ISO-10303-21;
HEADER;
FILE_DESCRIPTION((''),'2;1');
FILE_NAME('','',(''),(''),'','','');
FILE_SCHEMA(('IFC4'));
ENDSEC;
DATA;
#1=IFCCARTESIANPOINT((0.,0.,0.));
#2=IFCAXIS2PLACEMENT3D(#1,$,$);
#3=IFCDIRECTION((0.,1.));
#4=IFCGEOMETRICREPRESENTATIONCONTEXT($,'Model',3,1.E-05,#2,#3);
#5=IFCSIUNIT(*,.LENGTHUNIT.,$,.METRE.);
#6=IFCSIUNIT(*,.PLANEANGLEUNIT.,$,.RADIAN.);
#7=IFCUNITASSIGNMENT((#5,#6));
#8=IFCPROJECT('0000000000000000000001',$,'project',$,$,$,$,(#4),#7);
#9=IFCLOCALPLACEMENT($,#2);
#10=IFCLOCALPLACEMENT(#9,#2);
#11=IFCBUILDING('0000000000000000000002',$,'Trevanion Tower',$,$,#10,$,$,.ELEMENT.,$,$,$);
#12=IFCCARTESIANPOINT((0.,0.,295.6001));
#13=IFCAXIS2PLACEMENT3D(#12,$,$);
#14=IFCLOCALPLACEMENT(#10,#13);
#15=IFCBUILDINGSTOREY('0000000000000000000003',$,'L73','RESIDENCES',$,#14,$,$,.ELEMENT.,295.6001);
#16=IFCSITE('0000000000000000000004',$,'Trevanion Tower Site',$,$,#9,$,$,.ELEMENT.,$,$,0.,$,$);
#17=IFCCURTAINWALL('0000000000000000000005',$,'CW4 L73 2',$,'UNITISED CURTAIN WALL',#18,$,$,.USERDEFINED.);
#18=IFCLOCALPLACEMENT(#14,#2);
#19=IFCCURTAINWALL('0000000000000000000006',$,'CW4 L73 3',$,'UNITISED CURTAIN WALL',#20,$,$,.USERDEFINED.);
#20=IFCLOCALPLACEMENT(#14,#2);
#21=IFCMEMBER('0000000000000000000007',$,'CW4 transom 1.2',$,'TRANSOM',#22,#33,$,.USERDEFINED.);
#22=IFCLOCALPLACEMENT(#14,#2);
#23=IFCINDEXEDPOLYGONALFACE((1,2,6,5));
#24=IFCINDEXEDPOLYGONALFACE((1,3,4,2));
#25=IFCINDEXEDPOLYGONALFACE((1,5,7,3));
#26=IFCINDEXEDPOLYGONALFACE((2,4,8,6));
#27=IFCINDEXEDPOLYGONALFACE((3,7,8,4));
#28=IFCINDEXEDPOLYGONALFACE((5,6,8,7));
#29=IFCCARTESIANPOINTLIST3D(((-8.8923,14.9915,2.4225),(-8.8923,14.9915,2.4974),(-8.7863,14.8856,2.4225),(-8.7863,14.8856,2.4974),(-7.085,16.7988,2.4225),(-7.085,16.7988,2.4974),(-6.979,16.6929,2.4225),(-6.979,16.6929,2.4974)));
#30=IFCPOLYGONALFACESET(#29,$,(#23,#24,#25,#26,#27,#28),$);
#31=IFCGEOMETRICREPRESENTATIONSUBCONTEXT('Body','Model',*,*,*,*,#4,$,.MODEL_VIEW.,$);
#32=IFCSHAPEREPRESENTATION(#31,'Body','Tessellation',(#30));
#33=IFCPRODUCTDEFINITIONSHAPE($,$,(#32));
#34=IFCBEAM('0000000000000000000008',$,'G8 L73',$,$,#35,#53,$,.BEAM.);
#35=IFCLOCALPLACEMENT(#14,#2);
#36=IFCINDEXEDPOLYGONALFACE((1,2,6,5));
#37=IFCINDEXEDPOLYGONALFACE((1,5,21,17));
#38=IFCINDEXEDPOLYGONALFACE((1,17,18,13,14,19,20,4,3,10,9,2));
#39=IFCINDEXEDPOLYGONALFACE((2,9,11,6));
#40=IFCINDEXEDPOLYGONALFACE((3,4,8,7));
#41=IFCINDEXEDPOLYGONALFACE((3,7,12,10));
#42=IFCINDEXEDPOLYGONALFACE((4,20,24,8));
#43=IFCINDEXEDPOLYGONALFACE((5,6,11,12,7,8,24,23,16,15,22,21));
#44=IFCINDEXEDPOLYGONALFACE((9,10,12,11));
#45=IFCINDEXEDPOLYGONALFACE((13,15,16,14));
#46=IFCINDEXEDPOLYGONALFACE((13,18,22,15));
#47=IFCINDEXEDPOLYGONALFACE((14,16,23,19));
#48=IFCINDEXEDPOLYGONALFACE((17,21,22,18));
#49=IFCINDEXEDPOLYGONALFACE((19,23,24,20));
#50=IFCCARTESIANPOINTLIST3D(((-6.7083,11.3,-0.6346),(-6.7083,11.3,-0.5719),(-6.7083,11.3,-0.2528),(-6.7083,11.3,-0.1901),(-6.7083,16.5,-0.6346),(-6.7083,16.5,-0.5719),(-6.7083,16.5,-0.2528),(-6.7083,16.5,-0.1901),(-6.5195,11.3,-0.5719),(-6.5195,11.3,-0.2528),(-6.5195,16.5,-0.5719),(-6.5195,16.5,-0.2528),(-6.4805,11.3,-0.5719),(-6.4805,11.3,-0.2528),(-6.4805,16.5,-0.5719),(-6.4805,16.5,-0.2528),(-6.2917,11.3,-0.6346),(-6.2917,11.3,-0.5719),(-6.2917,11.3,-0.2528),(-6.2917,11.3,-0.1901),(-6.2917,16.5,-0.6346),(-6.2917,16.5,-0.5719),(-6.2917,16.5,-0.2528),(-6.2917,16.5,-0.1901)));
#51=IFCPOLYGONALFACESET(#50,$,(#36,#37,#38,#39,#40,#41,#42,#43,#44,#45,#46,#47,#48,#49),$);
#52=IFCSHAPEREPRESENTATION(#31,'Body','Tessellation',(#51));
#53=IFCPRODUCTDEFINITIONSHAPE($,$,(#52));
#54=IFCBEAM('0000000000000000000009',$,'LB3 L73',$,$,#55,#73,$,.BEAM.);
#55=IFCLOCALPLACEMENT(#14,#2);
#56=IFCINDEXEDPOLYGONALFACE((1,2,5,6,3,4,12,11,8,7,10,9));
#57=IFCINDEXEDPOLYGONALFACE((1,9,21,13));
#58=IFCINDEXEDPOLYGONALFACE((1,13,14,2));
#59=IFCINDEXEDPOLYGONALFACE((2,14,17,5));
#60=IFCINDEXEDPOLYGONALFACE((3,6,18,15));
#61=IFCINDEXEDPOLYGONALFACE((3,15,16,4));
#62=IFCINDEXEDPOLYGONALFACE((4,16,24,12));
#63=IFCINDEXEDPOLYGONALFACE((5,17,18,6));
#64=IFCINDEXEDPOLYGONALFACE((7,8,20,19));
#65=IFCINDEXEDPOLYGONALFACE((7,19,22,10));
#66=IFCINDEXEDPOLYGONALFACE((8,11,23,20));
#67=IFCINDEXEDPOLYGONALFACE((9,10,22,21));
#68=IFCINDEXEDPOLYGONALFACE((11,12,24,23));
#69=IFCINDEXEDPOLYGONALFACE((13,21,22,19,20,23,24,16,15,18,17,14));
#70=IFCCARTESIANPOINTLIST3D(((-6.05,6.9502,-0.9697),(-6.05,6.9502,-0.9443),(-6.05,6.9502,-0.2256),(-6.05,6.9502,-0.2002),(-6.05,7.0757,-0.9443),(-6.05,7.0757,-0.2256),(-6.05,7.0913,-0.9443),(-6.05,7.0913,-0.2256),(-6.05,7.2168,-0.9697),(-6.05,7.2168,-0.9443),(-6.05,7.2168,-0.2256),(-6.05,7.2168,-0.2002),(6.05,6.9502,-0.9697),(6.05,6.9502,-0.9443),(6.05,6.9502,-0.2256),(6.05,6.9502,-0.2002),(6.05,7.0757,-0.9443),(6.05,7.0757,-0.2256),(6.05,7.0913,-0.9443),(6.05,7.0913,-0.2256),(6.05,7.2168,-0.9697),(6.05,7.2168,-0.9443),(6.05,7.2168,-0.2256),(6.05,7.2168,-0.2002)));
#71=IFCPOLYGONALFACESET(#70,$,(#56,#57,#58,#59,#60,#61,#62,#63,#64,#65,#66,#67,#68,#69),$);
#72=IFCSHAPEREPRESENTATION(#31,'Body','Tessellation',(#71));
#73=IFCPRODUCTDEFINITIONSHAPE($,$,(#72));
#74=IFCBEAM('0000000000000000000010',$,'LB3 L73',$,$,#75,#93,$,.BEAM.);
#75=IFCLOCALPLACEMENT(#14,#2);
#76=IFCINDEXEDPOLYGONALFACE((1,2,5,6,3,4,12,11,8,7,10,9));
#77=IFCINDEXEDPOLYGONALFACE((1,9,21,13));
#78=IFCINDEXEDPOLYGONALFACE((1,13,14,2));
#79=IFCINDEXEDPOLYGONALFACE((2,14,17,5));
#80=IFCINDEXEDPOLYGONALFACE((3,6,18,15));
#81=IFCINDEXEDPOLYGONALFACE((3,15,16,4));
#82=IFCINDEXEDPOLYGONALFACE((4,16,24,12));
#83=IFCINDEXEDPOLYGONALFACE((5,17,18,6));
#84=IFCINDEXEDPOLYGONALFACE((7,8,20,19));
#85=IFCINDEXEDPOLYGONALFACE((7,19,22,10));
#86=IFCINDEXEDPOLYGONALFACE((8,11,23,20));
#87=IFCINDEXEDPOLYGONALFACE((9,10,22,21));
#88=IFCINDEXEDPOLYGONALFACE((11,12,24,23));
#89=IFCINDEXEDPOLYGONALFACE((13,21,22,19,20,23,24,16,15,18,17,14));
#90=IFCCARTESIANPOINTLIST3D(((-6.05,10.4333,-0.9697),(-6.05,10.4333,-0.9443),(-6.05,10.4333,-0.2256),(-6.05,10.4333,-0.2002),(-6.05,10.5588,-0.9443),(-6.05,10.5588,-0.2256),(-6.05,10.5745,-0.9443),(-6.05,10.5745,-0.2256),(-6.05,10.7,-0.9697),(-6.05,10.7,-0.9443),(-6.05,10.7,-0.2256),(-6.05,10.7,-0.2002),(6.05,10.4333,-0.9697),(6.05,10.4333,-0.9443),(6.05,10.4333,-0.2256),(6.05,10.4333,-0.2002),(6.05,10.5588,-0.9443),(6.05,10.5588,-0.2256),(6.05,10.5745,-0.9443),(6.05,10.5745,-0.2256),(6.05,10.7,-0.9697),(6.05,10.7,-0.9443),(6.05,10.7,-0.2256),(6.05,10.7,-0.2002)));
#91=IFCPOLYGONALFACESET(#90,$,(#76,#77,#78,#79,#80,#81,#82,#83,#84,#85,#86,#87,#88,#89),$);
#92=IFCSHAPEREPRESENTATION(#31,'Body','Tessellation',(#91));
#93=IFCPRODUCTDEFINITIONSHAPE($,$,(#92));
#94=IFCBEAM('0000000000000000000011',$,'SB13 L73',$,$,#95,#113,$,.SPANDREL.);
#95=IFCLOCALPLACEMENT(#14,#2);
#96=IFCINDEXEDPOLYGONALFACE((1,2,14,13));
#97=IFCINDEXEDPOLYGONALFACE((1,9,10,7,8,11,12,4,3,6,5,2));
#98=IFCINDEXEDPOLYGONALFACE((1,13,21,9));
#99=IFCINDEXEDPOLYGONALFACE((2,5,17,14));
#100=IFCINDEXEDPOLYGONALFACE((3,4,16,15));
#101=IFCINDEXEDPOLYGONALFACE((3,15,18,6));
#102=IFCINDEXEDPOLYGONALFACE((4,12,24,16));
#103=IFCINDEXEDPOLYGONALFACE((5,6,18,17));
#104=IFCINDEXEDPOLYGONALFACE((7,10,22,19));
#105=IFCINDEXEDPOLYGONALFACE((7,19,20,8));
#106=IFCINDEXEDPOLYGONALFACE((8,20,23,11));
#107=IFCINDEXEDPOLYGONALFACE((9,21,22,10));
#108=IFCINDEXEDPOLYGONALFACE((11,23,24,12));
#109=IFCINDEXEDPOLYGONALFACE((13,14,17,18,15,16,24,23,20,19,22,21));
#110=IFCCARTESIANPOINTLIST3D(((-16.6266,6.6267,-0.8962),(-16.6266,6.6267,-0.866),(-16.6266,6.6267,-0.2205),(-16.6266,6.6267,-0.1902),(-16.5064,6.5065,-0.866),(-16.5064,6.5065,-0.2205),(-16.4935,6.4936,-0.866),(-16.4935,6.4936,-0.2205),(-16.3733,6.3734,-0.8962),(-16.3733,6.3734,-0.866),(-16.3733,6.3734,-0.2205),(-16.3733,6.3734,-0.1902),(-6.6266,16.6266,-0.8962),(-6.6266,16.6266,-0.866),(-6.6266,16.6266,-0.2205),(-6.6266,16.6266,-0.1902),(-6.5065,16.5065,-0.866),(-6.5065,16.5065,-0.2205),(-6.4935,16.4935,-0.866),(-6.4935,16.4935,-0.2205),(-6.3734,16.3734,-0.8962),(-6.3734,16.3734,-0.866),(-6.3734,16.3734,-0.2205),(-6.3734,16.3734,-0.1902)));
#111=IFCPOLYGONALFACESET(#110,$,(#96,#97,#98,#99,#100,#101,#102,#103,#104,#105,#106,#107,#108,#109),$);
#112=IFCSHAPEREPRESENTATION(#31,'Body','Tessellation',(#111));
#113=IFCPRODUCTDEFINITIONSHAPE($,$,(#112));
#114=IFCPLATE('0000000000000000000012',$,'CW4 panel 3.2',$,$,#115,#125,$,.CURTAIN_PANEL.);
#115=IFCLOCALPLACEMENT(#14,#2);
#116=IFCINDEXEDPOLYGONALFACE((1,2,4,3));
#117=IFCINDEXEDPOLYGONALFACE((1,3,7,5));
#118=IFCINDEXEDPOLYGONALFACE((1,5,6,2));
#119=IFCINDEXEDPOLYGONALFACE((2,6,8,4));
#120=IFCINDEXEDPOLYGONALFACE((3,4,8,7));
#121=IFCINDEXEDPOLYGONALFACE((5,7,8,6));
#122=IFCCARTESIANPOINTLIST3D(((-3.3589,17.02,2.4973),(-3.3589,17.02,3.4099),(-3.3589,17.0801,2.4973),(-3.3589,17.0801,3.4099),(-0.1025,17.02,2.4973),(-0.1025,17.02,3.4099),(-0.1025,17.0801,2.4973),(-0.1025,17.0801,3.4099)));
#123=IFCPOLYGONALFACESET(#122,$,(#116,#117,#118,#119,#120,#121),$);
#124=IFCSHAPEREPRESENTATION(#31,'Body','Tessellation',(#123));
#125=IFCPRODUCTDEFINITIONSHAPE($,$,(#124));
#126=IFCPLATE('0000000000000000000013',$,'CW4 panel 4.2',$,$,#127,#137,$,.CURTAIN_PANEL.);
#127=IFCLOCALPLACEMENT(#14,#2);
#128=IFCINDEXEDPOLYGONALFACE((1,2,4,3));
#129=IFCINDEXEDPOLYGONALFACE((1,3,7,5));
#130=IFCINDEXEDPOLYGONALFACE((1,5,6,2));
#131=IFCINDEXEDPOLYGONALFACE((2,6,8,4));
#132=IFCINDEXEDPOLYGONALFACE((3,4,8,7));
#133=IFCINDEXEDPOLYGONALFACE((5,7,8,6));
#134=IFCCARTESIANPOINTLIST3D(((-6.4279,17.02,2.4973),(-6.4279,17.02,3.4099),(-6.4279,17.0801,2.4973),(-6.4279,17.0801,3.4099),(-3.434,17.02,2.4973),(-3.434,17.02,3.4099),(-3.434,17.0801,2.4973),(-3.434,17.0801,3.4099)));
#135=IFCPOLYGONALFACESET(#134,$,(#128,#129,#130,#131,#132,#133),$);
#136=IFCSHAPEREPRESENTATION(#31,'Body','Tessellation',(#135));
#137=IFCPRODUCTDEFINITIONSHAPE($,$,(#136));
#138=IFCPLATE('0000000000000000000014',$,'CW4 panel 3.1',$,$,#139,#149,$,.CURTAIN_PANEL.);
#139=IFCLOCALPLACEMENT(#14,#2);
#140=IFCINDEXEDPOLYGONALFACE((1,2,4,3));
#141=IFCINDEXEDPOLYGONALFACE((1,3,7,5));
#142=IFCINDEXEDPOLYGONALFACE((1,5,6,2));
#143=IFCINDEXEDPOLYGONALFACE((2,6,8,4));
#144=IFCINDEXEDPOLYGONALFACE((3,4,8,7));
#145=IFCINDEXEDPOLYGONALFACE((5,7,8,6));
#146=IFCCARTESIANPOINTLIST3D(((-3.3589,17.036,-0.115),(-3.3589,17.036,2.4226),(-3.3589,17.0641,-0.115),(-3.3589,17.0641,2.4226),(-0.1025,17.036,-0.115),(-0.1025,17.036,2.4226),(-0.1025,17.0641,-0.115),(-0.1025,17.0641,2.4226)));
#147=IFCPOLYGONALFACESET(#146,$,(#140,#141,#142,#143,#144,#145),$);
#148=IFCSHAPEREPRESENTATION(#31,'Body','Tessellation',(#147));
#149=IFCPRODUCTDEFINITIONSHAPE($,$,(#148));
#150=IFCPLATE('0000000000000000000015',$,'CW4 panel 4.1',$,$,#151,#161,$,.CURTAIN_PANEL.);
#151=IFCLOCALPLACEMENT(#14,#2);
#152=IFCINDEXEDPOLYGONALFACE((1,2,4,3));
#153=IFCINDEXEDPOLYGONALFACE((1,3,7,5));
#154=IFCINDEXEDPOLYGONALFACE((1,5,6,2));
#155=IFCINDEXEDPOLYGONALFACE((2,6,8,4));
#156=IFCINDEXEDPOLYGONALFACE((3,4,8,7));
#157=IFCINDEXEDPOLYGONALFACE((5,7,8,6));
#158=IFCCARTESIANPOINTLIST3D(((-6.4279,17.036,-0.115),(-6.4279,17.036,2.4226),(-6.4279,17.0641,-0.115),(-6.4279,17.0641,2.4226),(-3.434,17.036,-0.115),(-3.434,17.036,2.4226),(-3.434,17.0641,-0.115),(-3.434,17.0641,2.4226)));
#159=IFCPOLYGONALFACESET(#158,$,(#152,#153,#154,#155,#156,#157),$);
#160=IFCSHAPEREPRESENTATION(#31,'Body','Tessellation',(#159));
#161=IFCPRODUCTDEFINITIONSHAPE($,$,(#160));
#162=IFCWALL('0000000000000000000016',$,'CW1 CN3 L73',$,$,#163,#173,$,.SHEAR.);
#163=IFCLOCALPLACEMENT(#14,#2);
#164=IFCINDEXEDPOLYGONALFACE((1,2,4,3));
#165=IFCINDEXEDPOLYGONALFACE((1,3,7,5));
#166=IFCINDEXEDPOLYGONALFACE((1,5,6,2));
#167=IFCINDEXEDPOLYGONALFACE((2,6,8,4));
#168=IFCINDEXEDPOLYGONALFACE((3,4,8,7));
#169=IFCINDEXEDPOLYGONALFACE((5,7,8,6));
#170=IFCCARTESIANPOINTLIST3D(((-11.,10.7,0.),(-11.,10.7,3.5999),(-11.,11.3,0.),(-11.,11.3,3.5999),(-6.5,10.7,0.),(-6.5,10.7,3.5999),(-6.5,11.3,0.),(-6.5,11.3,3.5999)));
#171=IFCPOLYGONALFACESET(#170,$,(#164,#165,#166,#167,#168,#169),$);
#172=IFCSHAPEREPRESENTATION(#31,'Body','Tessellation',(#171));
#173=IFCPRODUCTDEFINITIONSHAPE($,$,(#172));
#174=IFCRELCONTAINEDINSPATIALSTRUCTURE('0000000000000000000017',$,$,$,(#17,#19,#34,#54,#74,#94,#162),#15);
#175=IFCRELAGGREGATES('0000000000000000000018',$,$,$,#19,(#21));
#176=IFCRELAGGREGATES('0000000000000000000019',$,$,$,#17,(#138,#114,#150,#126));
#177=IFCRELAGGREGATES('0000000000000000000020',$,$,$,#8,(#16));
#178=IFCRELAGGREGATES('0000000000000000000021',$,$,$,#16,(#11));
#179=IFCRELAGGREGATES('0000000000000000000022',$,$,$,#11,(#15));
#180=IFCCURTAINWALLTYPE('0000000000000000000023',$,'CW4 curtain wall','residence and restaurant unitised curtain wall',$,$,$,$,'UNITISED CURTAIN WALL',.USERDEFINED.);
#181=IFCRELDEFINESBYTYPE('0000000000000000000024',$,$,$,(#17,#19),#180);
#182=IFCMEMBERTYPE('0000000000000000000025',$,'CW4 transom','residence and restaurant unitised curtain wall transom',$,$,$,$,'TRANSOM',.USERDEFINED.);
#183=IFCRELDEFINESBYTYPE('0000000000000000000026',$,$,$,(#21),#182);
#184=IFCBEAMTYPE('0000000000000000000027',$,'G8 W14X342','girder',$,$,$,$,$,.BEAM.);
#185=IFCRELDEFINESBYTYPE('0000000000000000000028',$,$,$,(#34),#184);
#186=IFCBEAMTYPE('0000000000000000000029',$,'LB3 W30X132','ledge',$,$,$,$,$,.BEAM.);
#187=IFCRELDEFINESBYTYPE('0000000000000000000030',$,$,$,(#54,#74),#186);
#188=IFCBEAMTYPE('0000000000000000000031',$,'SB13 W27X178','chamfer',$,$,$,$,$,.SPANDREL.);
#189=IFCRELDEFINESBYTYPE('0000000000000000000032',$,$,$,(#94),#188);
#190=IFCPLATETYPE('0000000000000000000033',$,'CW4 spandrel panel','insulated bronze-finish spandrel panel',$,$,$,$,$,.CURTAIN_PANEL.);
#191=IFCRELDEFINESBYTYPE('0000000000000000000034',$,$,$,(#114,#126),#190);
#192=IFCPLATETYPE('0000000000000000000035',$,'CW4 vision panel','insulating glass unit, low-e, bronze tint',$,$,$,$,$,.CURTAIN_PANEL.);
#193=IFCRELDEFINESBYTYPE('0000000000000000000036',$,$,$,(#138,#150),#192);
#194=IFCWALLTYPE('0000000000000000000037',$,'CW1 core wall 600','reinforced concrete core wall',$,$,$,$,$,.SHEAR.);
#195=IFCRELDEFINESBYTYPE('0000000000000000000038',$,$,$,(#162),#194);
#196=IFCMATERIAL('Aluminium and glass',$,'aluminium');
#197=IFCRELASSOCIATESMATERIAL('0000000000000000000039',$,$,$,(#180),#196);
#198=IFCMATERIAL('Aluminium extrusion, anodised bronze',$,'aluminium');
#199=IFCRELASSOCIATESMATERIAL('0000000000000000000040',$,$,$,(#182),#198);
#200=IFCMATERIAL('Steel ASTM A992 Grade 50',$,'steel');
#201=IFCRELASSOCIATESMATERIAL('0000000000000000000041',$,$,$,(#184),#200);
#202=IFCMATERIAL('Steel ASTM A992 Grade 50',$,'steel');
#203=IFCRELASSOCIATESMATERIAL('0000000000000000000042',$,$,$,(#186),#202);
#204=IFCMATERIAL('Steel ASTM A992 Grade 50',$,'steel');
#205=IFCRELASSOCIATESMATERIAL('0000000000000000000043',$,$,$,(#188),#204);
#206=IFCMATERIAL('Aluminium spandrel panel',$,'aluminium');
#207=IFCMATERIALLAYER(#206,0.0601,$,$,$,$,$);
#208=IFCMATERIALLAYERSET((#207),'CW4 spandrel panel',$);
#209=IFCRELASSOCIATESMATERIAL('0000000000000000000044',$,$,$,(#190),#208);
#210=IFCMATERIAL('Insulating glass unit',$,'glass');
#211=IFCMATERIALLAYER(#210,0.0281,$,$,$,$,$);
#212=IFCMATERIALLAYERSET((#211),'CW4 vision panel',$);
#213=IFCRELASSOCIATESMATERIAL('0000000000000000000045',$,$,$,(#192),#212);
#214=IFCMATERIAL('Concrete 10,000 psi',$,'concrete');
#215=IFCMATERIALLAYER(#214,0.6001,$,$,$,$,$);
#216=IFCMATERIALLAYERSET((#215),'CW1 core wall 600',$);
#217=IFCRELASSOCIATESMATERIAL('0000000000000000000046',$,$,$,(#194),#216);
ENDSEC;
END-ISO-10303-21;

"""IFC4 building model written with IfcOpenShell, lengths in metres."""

from ifc_helpers import new_model, si_unit, direction, frame, frame_2d, origin, origin_2d, place, context, subcontext, project, spatial, rectangle, i_section, extrude, material, layer, layer_set, material_profile, profile_set, type_object, element, aggregate, save


model = new_model("IFC4")

# Units and contexts
model_context = context("Model", 3, precision=1e-05, world=origin(), true_north=direction((0.0, 1.0)))
body_context = subcontext(model_context, "Body", "Model", "MODEL_VIEW")
ifc_project = project(units=[si_unit("LENGTHUNIT", "METRE"), si_unit("PLANEANGLEUNIT", "RADIAN")], contexts=[model_context])

# Site, building, storey
site_placement = place(None, origin())
site = spatial("IfcSite", under=ifc_project, at=site_placement, Name="Trevanion Tower Site", CompositionType="ELEMENT", RefElevation=0.0)
building_placement = place(site_placement, origin())
building = spatial("IfcBuilding", under=site, at=building_placement, Name="Trevanion Tower", CompositionType="ELEMENT")
storey_placement = place(building_placement, frame((0.0, 0.0, 295.6001)))
storey = spatial("IfcBuildingStorey", under=building, at=storey_placement, Name="L73", Description="RESIDENCES", CompositionType="ELEMENT", Elevation=295.6001)

# Curtain wall
ifc_material_1 = material(Name="Aluminium and glass", Category="aluminium")
curtain_wall_type = type_object("IfcCurtainWallType", Name="CW4 curtain wall", Description="residence and restaurant unitised curtain wall", ElementType="UNITISED CURTAIN WALL", PredefinedType="USERDEFINED", material=ifc_material_1)
curtain_wall_1_placement = place(storey_placement, origin())
curtain_wall_1 = element("IfcCurtainWall", 1, at=curtain_wall_1_placement, inside=storey, type_object=curtain_wall_type, Name="CW4 L73 2", ObjectType="UNITISED CURTAIN WALL", PredefinedType="USERDEFINED")

# Curtain wall
curtain_wall_2_placement = place(storey_placement, origin())
curtain_wall_2 = element("IfcCurtainWall", 2, at=curtain_wall_2_placement, inside=storey, type_object=curtain_wall_type, Name="CW4 L73 3", ObjectType="UNITISED CURTAIN WALL", PredefinedType="USERDEFINED")

# Member
ifc_material_2 = material(Name="Aluminium extrusion, anodised bronze", Category="aluminium")
ifc_material_profile_1 = material_profile(ifc_material_2, rectangle(XDim=0.1499, YDim=0.075, at=origin_2d()), Name="CW4 transom")
ifc_profile_set_1 = profile_set([ifc_material_profile_1], Name="Aluminium extrusion, anodised bronze")
member_type_1 = type_object("IfcMemberType", Name="CW4 transom", Description="residence and restaurant unitised curtain wall transom", ElementType="TRANSOM", PredefinedType="USERDEFINED", material=ifc_profile_set_1)
member_1_placement = place(storey_placement, frame((-7.032, 16.7458, 2.46), z_axis=(-0.707107, -0.707107, 0.0), x_axis=(0.707107, -0.707107, 0.0)))
member_1 = element("IfcMember", 3, at=member_1_placement, type_object=member_type_1, Name="CW4 transom 1.2", ObjectType="TRANSOM", PredefinedType="USERDEFINED", context=body_context, shape_type="SweptSolid", body=[
    extrude(rectangle(XDim=0.1499, YDim=0.075, at=origin_2d()), origin(), (0.0, 0.0, 1.0), 2.5559),
])
aggregate(curtain_wall_2, [member_1])

# Beams
ifc_material_3 = material(Name="Steel ASTM A992 Grade 50", Category="steel")
ifc_material_profile_2 = material_profile(ifc_material_3, i_section(OverallWidth=0.4165, OverallDepth=0.4446, WebThickness=0.0391, FlangeThickness=0.0627, at=origin_2d()), Name="W14X342")
ifc_profile_set_2 = profile_set([ifc_material_profile_2], Name="Steel ASTM A992 Grade 50")
beam_type_1 = type_object("IfcBeamType", Name="G8 W14X342", Description="girder", PredefinedType="BEAM", material=ifc_profile_set_2)
beam_1_placement = place(storey_placement, frame((-6.5, 11.3, -0.4124), z_axis=(0.0, 1.0, 0.0), x_axis=(-1.0, 0.0, 0.0)))
element("IfcBeam", 4, at=beam_1_placement, inside=storey, type_object=beam_type_1, Name="G8 L73", PredefinedType="BEAM", context=body_context, shape_type="SweptSolid", body=[
    extrude(i_section(OverallWidth=0.4165, OverallDepth=0.4446, WebThickness=0.0391, FlangeThickness=0.0627, at=origin_2d()), origin(), (0.0, 0.0, 1.0), 5.2),
])
ifc_material_4 = material(Name="Steel ASTM A992 Grade 50", Category="steel")
ifc_material_profile_3 = material_profile(ifc_material_4, i_section(OverallWidth=0.2666, OverallDepth=0.7695, WebThickness=0.0156, FlangeThickness=0.0254, at=origin_2d()), Name="W30X132")
ifc_profile_set_3 = profile_set([ifc_material_profile_3], Name="Steel ASTM A992 Grade 50")
beam_type_2 = type_object("IfcBeamType", Name="LB3 W30X132", Description="ledge", PredefinedType="BEAM", material=ifc_profile_set_3)
for number, where, z_axis, x_axis, name in (
    (5, (-6.05, 7.0835, -0.585), (1.0, 0.0, 0.0), (0.0, 1.0, 0.0), "LB3 L73"),
    (6, (-6.05, 10.5667, -0.585), (1.0, 0.0, 0.0), (0.0, 1.0, 0.0), "LB3 L73"),
):
    element("IfcBeam", number, at=place(storey_placement, frame(where, z_axis=z_axis, x_axis=x_axis)), inside=storey, type_object=beam_type_2, Name=name, PredefinedType="BEAM", context=body_context, shape_type="SweptSolid", body=[
        extrude(i_section(OverallWidth=0.2666, OverallDepth=0.7695, WebThickness=0.0156, FlangeThickness=0.0254, at=origin_2d()), origin(), (0.0, 0.0, 1.0), 12.1001),
    ])
ifc_material_5 = material(Name="Steel ASTM A992 Grade 50", Category="steel")
ifc_material_profile_4 = material_profile(ifc_material_5, i_section(OverallWidth=0.3582, OverallDepth=0.7061, WebThickness=0.0183, FlangeThickness=0.0303, at=origin_2d()), Name="W27X178")
ifc_profile_set_4 = profile_set([ifc_material_profile_4], Name="Steel ASTM A992 Grade 50")
beam_type_3 = type_object("IfcBeamType", Name="SB13 W27X178", Description="chamfer", PredefinedType="SPANDREL", material=ifc_profile_set_4)
beam_2_placement = place(storey_placement, frame((-6.5, 16.5, -0.5432), z_axis=(-0.707107, -0.707107, 0.0), x_axis=(0.707107, -0.707107, 0.0)))
element("IfcBeam", 7, at=beam_2_placement, inside=storey, type_object=beam_type_3, Name="SB13 L73", PredefinedType="SPANDREL", context=body_context, shape_type="SweptSolid", body=[
    extrude(i_section(OverallWidth=0.3582, OverallDepth=0.7061, WebThickness=0.0183, FlangeThickness=0.0303, at=origin_2d()), origin(), (0.0, 0.0, 1.0), 14.1421),
])

# Plates
ifc_material_6 = material(Name="Aluminium spandrel panel", Category="aluminium")
ifc_layer_1 = layer(ifc_material_6, 0.0601)
ifc_layer_set_1 = layer_set([ifc_layer_1], Name="CW4 spandrel panel")
plate_type_1 = type_object("IfcPlateType", Name="CW4 spandrel panel", Description="insulated bronze-finish spandrel panel", PredefinedType="CURTAIN_PANEL", material=ifc_layer_set_1)
plate_1_placement = place(storey_placement, frame((-1.7307, 17.05, 2.4973), z_axis=(0.0, 0.0, 1.0), x_axis=(-1.0, 0.0, 0.0)))
plate_1 = element("IfcPlate", 8, at=plate_1_placement, type_object=plate_type_1, Name="CW4 panel 3.2", PredefinedType="CURTAIN_PANEL", context=body_context, shape_type="SweptSolid", body=[
    extrude(rectangle(XDim=3.2563, YDim=0.0601, at=origin_2d()), origin(), (0.0, 0.0, 1.0), 0.9126),
])
plate_2_placement = place(storey_placement, frame((-4.9309, 17.05, 2.4973), z_axis=(0.0, 0.0, 1.0), x_axis=(-1.0, 0.0, 0.0)))
plate_2 = element("IfcPlate", 9, at=plate_2_placement, type_object=plate_type_1, Name="CW4 panel 4.2", PredefinedType="CURTAIN_PANEL", context=body_context, shape_type="SweptSolid", body=[
    extrude(rectangle(XDim=2.9939, YDim=0.0601, at=origin_2d()), origin(), (0.0, 0.0, 1.0), 0.9126),
])
ifc_material_7 = material(Name="Insulating glass unit", Category="glass")
ifc_layer_2 = layer(ifc_material_7, 0.0281)
ifc_layer_set_2 = layer_set([ifc_layer_2], Name="CW4 vision panel")
plate_type_2 = type_object("IfcPlateType", Name="CW4 vision panel", Description="insulating glass unit, low-e, bronze tint", PredefinedType="CURTAIN_PANEL", material=ifc_layer_set_2)
plate_3_placement = place(storey_placement, frame((-1.7307, 17.05, -0.115), z_axis=(0.0, 0.0, 1.0), x_axis=(-1.0, 0.0, 0.0)))
plate_3 = element("IfcPlate", 10, at=plate_3_placement, type_object=plate_type_2, Name="CW4 panel 3.1", PredefinedType="CURTAIN_PANEL", context=body_context, shape_type="SweptSolid", body=[
    extrude(rectangle(XDim=3.2563, YDim=0.0281, at=origin_2d()), origin(), (0.0, 0.0, 1.0), 2.5376),
])
plate_4_placement = place(storey_placement, frame((-4.9309, 17.05, -0.115), z_axis=(0.0, 0.0, 1.0), x_axis=(-1.0, 0.0, 0.0)))
plate_4 = element("IfcPlate", 11, at=plate_4_placement, type_object=plate_type_2, Name="CW4 panel 4.1", PredefinedType="CURTAIN_PANEL", context=body_context, shape_type="SweptSolid", body=[
    extrude(rectangle(XDim=2.9939, YDim=0.0281, at=origin_2d()), origin(), (0.0, 0.0, 1.0), 2.5376),
])
aggregate(curtain_wall_1, [plate_3, plate_1, plate_4, plate_2])

# Wall
ifc_material_8 = material(Name="Concrete 10,000 psi", Category="concrete")
ifc_layer_3 = layer(ifc_material_8, 0.6001)
ifc_layer_set_3 = layer_set([ifc_layer_3], Name="CW1 core wall 600")
wall_type_1 = type_object("IfcWallType", Name="CW1 core wall 600", Description="reinforced concrete core wall", PredefinedType="SHEAR", material=ifc_layer_set_3)
wall_1_placement = place(storey_placement, frame((-6.5, 11.0, 0.0), z_axis=(0.0, 0.0, 1.0), x_axis=(-1.0, 0.0, 0.0)))
element("IfcWall", 12, at=wall_1_placement, inside=storey, type_object=wall_type_1, Name="CW1 CN3 L73", PredefinedType="SHEAR", context=body_context, shape_type="SweptSolid", body=[
    extrude(rectangle(XDim=4.5, YDim=0.6001, at=frame_2d((2.25, 0.0))), origin(), (0.0, 0.0, 1.0), 3.5999),
])

save(model, "model.ifc")
